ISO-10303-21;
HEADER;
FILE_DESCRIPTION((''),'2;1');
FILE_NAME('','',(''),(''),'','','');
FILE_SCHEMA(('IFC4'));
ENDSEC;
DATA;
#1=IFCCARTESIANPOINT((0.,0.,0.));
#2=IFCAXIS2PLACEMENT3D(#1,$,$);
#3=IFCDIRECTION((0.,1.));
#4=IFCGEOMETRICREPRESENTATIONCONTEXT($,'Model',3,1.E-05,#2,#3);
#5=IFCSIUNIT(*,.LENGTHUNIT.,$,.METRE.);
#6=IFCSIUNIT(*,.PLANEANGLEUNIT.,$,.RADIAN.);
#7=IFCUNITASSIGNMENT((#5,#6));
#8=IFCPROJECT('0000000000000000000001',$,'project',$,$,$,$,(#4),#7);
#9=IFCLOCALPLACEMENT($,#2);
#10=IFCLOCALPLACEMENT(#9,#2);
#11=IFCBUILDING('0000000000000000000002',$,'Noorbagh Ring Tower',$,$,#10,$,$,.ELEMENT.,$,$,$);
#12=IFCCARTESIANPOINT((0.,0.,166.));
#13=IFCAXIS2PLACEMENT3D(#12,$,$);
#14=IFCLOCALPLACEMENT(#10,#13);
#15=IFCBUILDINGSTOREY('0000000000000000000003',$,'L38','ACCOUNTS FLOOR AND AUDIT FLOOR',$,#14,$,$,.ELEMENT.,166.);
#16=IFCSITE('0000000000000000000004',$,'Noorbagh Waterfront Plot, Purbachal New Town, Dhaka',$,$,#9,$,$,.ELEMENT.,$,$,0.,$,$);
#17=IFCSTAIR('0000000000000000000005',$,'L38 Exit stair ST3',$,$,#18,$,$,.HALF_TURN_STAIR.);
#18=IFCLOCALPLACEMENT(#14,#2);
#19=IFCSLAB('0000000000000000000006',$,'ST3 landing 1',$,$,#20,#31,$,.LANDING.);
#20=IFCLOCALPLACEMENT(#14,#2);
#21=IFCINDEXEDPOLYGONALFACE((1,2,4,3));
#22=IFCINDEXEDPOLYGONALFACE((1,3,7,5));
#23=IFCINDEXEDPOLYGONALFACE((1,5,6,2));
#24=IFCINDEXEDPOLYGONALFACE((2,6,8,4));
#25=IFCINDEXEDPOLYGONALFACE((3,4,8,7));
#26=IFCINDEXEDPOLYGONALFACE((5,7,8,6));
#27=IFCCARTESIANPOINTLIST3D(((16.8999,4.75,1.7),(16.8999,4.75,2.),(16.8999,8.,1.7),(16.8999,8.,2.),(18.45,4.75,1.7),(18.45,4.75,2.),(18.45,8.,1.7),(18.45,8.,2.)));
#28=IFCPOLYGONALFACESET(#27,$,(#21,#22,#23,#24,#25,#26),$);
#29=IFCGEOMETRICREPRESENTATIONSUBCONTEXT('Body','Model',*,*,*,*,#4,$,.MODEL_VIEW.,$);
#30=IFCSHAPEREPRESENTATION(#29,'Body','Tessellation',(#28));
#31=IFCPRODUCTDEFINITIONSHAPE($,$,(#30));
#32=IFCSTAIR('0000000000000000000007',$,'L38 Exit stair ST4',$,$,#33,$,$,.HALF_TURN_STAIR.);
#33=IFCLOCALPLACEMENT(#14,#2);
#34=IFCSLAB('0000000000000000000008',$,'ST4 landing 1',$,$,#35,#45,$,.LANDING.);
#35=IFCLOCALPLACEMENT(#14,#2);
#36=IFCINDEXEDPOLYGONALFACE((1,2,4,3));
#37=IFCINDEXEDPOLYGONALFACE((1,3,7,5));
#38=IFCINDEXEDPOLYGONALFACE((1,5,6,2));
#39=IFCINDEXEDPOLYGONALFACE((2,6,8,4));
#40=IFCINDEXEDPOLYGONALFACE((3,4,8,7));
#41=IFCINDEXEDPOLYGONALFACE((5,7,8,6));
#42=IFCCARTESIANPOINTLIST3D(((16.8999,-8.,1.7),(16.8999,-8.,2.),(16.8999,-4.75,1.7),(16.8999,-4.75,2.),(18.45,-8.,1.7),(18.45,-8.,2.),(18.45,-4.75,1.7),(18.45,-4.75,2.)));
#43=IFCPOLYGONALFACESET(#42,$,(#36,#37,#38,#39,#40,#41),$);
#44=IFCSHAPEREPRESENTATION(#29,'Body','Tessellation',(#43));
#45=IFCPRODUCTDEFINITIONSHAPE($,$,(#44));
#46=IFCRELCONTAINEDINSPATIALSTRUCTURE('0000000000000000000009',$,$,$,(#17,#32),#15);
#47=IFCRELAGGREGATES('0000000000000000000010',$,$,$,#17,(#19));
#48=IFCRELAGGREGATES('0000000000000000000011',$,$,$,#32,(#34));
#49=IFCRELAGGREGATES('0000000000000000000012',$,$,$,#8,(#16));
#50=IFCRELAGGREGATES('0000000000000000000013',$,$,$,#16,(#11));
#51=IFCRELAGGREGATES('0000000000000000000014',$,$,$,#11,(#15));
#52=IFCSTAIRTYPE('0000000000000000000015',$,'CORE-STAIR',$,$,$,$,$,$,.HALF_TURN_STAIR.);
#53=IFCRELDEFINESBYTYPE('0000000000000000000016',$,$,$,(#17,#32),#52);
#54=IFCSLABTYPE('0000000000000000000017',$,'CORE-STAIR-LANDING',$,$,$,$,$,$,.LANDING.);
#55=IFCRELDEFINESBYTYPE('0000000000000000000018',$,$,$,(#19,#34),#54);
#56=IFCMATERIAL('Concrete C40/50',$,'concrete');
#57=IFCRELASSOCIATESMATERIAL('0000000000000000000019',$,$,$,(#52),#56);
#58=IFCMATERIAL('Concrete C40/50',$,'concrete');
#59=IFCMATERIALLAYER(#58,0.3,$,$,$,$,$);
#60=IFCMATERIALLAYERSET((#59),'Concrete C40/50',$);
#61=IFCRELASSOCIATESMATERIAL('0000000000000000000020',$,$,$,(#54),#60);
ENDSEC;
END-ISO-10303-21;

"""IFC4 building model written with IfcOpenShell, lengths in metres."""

from ifc_helpers import new_model, si_unit, direction, frame, origin, place, context, subcontext, project, spatial, polyline, outline, extrude, material, layer, layer_set, type_object, element, aggregate, save


model = new_model("IFC4")

# Units and contexts
model_context = context("Model", 3, precision=1e-05, world=origin(), true_north=direction((0.0, 1.0)))
body_context = subcontext(model_context, "Body", "Model", "MODEL_VIEW")
ifc_project = project(units=[si_unit("LENGTHUNIT", "METRE"), si_unit("PLANEANGLEUNIT", "RADIAN")], contexts=[model_context])

# Site, building, storey
site_placement = place(None, origin())
building_placement = place(site_placement, origin())
storey_placement = place(building_placement, frame((0.0, 0.0, 166.0)))
site = spatial("IfcSite", under=ifc_project, at=site_placement, Name="Noorbagh Waterfront Plot, Purbachal New Town, Dhaka", CompositionType="ELEMENT", RefElevation=0.0)
building = spatial("IfcBuilding", under=site, at=building_placement, Name="Noorbagh Ring Tower", CompositionType="ELEMENT")
storey = spatial("IfcBuildingStorey", under=building, at=storey_placement, Name="L38", Description="ACCOUNTS FLOOR AND AUDIT FLOOR", CompositionType="ELEMENT", Elevation=166.0)

# Stairs, slabs
ifc_material_1 = material(Name="Concrete C40/50", Category="concrete")
stair_type = type_object("IfcStairType", Name="CORE-STAIR", PredefinedType="HALF_TURN_STAIR", material=ifc_material_1)
ifc_material_2 = material(Name="Concrete C40/50", Category="concrete")
ifc_layer_1 = layer(ifc_material_2, 0.3)
ifc_layer_set_1 = layer_set([ifc_layer_1], Name="Concrete C40/50")
slab_type = type_object("IfcSlabType", Name="CORE-STAIR-LANDING", PredefinedType="LANDING", material=ifc_layer_set_1)
stair_1_placement = place(storey_placement, origin())
stair_1 = element("IfcStair", 1, at=stair_1_placement, inside=storey, type_object=stair_type, Name="L38 Exit stair ST3", PredefinedType="HALF_TURN_STAIR")
slab_1_placement = place(storey_placement, frame((0.0, 0.0, 1.7)))
slab_1 = element("IfcSlab", 2, at=slab_1_placement, type_object=slab_type, Name="ST3 landing 1", PredefinedType="LANDING", context=body_context, shape_type="SweptSolid", body=[
    extrude(outline(polyline([(18.45, 8.0), (16.8999, 8.0), (16.8999, 4.75), (18.45, 4.75), (18.45, 8.0)])), origin(), (0.0, 0.0, 1.0), 0.3),
])
aggregate(stair_1, [slab_1])
stair_2_placement = place(storey_placement, origin())
stair_2 = element("IfcStair", 3, at=stair_2_placement, inside=storey, type_object=stair_type, Name="L38 Exit stair ST4", PredefinedType="HALF_TURN_STAIR")
slab_2_placement = place(storey_placement, frame((0.0, 0.0, 1.7)))
slab_2 = element("IfcSlab", 4, at=slab_2_placement, type_object=slab_type, Name="ST4 landing 1", PredefinedType="LANDING", context=body_context, shape_type="SweptSolid", body=[
    extrude(outline(polyline([(18.45, -4.75), (16.8999, -4.75), (16.8999, -8.0), (18.45, -8.0), (18.45, -4.75)])), origin(), (0.0, 0.0, 1.0), 0.3),
])
aggregate(stair_2, [slab_2])

save(model, "model.ifc")
